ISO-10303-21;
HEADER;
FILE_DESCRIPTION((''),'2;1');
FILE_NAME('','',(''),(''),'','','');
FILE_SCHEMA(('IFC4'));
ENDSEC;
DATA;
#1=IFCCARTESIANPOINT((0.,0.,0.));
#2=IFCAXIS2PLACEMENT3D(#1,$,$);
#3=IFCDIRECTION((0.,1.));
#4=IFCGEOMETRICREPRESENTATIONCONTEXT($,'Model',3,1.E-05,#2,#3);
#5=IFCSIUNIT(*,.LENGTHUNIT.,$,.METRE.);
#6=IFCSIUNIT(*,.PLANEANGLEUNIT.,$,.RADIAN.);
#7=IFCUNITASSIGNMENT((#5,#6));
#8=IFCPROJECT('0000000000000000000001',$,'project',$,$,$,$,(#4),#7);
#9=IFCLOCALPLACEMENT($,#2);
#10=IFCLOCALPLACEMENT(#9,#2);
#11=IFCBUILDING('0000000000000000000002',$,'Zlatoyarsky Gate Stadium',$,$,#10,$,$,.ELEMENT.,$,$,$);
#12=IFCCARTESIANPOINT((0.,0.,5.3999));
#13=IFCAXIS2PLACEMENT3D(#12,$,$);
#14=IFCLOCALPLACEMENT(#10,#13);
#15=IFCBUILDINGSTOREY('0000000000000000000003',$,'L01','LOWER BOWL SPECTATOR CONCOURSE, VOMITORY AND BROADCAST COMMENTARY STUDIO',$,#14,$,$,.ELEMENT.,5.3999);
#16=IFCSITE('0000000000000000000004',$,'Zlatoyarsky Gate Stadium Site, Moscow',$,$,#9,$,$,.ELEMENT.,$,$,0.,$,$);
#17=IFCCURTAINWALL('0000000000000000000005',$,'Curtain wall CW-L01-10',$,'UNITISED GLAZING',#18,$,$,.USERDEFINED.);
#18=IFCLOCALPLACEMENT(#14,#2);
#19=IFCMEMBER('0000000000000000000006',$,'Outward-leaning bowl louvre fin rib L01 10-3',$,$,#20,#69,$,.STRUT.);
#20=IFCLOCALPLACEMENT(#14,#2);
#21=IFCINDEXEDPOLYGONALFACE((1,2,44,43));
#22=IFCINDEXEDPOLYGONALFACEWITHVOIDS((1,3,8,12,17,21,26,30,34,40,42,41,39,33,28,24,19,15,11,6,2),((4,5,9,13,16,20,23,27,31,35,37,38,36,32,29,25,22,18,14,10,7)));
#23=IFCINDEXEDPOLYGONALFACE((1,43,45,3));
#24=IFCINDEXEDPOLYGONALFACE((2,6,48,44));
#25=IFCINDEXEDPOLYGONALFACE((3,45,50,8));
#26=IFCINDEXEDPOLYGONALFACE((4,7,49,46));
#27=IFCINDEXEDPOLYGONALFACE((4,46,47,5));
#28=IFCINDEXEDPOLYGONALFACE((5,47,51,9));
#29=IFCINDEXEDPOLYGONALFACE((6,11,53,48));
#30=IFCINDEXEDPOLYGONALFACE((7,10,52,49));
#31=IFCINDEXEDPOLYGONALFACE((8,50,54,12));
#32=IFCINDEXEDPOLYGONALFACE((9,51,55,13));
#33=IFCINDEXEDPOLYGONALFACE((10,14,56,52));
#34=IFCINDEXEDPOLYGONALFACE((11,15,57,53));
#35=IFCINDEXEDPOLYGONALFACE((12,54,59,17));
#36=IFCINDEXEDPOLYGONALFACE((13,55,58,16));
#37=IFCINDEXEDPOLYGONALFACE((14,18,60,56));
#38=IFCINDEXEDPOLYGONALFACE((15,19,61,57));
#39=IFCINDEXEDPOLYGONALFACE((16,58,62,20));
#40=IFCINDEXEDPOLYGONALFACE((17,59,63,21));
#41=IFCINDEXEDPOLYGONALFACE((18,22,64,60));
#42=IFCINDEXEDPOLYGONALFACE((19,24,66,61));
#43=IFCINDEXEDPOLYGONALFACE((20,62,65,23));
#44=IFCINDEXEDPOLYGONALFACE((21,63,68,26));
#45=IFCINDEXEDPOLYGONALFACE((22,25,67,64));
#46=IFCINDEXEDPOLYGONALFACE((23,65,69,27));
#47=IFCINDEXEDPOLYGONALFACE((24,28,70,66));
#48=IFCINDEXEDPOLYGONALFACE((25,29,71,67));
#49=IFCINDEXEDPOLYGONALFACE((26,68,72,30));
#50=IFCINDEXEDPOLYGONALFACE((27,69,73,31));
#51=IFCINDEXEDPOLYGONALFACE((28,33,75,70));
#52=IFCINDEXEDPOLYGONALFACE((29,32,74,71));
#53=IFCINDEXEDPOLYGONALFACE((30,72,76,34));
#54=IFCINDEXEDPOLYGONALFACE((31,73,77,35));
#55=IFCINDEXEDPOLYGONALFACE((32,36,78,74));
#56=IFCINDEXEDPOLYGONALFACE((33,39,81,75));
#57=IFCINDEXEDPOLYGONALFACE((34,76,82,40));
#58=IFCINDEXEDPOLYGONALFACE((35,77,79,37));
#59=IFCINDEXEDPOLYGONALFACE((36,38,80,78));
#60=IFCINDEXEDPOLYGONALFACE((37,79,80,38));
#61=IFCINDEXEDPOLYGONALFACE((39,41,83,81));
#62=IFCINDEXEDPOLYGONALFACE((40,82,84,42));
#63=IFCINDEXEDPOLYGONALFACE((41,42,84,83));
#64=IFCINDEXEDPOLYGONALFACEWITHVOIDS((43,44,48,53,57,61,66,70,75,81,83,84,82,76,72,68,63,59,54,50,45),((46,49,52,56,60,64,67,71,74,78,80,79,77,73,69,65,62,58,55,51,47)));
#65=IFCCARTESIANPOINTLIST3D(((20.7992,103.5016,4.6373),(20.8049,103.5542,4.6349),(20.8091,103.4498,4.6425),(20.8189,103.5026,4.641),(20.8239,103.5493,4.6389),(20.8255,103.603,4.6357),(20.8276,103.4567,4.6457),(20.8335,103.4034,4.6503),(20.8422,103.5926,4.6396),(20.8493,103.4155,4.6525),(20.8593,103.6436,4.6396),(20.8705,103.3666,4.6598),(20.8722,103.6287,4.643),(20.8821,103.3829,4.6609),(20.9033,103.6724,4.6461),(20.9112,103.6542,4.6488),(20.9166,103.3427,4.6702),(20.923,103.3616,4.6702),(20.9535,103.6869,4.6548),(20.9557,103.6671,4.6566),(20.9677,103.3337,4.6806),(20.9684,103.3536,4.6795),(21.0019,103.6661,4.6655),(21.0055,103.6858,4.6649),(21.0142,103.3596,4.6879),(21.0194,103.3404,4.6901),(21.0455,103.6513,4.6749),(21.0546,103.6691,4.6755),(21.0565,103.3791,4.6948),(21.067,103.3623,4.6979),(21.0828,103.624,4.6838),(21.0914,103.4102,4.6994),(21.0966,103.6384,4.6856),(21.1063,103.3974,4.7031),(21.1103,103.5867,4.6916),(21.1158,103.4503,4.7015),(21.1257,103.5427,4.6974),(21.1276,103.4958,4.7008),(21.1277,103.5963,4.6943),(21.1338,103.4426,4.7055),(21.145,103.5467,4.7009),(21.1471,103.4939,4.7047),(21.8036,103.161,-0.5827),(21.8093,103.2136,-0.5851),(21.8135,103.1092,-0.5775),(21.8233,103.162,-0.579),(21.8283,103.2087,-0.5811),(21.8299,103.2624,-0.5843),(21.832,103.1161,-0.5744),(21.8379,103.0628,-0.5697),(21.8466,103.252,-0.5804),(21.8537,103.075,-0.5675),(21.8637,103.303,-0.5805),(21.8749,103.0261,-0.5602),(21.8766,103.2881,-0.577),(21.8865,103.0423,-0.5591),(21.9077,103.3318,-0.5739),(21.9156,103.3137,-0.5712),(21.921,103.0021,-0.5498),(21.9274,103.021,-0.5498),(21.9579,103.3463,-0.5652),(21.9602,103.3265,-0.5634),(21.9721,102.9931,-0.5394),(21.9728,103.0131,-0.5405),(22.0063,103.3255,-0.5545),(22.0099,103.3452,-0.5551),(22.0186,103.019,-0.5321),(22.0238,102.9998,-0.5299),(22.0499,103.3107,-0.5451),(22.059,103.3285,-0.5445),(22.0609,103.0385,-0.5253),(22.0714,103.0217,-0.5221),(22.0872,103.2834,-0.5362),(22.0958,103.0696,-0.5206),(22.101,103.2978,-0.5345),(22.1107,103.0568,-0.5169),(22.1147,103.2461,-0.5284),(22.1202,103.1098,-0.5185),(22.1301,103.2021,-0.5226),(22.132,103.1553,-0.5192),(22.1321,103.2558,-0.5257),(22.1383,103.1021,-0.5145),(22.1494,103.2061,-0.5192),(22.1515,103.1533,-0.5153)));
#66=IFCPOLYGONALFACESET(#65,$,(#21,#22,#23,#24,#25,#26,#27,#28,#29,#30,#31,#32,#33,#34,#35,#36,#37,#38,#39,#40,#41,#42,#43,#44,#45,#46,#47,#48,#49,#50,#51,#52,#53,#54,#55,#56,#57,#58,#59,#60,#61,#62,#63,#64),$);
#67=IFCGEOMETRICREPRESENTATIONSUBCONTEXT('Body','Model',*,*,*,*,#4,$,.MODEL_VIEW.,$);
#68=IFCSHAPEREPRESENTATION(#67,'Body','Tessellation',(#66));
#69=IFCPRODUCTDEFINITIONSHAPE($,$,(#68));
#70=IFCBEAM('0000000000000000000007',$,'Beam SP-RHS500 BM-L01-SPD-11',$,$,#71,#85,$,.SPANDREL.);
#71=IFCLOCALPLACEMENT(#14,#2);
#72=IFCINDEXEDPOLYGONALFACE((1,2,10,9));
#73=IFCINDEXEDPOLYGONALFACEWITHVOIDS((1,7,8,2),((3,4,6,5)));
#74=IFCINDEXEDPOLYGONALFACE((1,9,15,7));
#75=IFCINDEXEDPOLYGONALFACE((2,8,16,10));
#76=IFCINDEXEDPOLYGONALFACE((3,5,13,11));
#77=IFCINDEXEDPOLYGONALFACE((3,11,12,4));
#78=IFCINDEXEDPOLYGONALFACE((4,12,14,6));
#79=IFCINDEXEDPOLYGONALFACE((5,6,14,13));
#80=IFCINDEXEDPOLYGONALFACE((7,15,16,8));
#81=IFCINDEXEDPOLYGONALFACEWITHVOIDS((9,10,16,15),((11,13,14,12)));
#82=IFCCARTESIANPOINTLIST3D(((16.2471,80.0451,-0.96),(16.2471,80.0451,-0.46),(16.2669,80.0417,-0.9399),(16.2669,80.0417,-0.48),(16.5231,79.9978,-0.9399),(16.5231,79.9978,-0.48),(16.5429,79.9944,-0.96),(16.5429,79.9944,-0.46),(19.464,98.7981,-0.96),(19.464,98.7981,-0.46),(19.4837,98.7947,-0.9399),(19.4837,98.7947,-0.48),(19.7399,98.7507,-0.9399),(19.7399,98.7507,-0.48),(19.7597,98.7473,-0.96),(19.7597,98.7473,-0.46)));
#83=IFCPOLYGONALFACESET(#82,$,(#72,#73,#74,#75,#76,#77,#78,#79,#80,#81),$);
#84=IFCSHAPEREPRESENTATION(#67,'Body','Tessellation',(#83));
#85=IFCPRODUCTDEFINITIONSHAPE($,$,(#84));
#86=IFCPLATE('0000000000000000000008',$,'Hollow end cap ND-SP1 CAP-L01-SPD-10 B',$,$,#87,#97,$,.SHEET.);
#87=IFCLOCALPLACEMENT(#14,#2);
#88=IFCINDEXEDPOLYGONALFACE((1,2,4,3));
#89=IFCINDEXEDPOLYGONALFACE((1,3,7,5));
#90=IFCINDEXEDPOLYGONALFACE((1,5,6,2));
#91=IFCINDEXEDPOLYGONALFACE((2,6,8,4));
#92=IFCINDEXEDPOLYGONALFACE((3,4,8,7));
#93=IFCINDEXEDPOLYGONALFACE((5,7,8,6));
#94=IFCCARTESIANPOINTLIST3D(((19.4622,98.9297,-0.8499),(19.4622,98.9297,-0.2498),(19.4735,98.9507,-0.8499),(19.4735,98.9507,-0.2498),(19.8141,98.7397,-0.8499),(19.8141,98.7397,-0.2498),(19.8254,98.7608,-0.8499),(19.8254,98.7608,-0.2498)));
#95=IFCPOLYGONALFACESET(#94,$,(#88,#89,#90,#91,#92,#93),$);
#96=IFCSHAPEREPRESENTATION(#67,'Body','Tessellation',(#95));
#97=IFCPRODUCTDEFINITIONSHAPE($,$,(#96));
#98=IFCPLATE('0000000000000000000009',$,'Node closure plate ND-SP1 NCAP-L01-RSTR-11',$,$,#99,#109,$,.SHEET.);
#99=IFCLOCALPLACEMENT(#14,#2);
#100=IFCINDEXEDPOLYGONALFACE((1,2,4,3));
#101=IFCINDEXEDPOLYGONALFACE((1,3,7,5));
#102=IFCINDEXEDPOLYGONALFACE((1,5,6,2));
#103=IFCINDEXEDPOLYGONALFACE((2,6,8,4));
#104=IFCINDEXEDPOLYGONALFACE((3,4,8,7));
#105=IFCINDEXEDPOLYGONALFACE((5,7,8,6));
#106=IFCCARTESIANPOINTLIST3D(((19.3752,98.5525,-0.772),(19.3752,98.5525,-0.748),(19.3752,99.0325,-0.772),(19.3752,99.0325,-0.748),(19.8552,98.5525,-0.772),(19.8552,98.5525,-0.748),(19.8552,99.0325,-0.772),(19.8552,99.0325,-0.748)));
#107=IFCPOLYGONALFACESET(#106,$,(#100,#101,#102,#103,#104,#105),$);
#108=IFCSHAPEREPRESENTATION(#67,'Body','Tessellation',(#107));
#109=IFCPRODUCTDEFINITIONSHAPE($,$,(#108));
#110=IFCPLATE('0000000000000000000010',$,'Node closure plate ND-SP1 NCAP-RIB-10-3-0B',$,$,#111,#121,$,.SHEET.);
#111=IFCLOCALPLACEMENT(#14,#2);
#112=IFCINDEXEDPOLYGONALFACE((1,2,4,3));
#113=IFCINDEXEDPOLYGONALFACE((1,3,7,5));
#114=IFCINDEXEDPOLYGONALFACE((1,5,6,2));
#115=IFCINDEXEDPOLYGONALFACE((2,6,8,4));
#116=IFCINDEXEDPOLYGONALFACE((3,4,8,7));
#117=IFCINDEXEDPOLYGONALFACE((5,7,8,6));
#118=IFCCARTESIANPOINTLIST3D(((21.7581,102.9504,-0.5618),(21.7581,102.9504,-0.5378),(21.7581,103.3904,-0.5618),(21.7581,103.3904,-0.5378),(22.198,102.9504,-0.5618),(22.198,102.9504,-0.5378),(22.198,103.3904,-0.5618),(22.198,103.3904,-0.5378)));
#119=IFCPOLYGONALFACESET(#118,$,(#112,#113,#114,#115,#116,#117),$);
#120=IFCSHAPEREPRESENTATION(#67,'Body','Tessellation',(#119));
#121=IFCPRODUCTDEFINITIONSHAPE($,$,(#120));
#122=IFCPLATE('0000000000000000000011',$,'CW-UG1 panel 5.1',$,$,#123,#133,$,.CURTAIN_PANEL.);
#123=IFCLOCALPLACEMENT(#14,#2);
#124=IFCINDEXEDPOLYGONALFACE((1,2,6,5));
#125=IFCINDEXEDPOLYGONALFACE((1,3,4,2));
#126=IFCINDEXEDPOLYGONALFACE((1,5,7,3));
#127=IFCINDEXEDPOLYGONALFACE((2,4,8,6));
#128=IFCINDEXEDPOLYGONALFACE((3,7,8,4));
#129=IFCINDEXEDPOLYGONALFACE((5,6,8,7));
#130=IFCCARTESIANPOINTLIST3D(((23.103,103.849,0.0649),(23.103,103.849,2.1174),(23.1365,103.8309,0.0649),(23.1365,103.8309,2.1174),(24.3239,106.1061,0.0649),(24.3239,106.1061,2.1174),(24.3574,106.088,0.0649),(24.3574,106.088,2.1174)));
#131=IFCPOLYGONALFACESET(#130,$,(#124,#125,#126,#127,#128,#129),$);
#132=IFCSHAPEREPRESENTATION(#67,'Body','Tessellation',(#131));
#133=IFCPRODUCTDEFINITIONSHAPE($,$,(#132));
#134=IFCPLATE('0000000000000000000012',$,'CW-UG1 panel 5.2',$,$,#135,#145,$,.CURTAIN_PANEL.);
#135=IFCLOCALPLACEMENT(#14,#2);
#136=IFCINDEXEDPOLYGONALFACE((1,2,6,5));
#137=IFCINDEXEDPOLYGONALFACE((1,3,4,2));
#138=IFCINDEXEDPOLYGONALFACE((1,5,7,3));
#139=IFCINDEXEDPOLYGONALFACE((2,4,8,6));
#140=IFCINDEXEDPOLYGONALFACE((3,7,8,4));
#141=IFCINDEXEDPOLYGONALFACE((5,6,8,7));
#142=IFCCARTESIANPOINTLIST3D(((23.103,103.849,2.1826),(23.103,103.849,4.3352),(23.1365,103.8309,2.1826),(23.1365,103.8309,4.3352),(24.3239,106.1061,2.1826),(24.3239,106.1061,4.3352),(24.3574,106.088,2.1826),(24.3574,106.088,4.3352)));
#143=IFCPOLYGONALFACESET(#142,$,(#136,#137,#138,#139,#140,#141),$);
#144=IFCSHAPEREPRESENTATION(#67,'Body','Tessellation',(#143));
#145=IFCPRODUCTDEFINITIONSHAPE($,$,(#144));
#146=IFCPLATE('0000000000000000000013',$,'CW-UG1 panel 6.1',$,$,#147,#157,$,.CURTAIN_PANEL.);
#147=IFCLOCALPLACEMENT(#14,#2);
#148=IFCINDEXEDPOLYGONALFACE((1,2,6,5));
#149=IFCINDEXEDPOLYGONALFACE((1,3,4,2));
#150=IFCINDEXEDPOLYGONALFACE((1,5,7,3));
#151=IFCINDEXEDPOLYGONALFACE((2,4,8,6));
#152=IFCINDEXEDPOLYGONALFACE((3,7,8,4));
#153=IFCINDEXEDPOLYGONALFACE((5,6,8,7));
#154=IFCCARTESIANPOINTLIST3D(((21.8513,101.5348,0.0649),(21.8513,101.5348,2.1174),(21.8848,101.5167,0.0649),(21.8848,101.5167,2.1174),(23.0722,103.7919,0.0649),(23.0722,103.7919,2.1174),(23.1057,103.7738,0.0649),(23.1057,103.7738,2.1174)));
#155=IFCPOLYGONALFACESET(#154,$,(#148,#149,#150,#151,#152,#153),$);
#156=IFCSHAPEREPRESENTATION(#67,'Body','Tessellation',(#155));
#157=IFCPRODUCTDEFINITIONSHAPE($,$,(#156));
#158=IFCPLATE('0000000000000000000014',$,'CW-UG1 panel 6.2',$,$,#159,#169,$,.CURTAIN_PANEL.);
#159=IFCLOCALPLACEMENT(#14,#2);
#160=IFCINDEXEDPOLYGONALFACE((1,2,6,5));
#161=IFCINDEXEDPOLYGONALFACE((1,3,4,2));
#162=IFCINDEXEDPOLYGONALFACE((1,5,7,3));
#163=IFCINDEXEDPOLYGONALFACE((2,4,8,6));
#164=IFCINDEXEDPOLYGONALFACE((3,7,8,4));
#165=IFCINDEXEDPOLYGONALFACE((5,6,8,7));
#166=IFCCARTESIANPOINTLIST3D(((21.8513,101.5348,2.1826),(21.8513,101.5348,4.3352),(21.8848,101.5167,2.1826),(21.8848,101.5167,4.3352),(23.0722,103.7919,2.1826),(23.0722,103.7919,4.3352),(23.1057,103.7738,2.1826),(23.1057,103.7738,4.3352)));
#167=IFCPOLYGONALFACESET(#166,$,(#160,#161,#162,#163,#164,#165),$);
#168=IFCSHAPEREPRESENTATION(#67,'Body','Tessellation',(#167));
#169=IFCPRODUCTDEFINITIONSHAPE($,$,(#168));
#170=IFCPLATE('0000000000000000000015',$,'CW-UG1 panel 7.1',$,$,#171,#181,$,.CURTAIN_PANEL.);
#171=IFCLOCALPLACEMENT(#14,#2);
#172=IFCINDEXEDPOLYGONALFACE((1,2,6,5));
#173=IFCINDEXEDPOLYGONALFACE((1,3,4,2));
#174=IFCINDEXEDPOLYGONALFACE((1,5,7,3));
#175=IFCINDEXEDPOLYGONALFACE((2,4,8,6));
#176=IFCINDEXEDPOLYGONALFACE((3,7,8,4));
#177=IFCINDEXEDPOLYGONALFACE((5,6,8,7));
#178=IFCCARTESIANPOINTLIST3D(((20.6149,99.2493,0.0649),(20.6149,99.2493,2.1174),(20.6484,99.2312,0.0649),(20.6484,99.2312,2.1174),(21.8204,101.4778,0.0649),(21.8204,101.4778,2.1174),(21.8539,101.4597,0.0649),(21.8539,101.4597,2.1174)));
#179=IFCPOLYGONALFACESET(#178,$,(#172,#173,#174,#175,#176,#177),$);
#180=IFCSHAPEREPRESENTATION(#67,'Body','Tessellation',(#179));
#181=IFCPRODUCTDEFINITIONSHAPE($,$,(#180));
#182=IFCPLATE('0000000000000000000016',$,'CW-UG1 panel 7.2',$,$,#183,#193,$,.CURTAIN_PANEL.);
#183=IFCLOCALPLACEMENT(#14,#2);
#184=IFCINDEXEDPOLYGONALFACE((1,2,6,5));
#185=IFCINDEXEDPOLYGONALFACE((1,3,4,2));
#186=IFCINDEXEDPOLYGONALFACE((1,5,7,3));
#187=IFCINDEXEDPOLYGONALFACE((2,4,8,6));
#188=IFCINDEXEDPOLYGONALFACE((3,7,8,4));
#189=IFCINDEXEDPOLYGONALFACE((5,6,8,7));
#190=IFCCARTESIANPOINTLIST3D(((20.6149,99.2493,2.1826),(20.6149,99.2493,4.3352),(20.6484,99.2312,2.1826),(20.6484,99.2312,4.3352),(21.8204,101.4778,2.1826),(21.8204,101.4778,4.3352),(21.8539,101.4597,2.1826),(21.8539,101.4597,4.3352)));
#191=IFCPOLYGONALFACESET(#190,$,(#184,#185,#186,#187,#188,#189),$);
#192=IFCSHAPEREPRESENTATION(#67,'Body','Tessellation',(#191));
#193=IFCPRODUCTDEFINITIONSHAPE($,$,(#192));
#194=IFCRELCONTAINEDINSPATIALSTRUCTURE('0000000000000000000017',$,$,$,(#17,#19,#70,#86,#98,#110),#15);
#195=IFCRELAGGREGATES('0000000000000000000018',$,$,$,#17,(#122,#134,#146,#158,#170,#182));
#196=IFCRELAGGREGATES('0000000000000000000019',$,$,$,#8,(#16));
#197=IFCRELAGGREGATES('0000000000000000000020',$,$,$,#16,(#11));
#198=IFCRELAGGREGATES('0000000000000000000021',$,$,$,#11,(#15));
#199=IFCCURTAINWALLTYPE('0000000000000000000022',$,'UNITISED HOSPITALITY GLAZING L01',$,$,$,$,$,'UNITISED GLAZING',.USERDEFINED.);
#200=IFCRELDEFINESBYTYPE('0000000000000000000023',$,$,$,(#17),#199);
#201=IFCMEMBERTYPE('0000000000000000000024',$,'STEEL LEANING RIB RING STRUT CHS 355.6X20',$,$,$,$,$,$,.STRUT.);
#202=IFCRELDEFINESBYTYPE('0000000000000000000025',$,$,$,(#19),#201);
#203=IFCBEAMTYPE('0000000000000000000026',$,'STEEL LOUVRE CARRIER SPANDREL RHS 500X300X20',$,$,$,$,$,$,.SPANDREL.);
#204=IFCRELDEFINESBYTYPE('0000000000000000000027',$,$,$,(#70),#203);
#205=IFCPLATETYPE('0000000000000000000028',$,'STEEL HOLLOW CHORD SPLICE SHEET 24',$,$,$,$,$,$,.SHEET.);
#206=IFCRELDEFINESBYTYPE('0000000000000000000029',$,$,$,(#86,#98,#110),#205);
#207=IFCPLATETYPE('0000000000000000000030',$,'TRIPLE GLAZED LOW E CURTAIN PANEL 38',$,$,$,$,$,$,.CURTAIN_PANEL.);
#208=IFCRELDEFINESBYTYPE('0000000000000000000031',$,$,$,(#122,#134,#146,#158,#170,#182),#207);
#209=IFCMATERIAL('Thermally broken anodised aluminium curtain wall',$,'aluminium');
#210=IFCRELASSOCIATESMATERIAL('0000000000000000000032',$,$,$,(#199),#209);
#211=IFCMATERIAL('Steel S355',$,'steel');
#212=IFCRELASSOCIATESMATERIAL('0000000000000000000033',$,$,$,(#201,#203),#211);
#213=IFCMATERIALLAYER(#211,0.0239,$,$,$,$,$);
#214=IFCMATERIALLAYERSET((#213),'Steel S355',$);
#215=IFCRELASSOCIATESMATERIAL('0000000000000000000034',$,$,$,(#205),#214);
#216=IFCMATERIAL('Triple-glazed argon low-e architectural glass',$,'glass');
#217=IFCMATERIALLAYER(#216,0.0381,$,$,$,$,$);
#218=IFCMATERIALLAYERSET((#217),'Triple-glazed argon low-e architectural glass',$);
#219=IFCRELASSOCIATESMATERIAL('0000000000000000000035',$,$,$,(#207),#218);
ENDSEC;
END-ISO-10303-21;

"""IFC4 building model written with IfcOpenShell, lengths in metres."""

from ifc_helpers import new_model, si_unit, direction, frame, origin, origin_2d, place, context, subcontext, project, spatial, rectangle, hollow_rectangle, hollow_circle, extrude, material, layer, layer_set, material_profile, profile_set, type_object, element, aggregate, save


model = new_model("IFC4")

# Units and contexts
model_context = context("Model", 3, precision=1e-05, world=origin(), true_north=direction((0.0, 1.0)))
body_context = subcontext(model_context, "Body", "Model", "MODEL_VIEW")
ifc_project = project(units=[si_unit("LENGTHUNIT", "METRE"), si_unit("PLANEANGLEUNIT", "RADIAN")], contexts=[model_context])

# Site, building, storey
site_placement = place(None, origin())
site = spatial("IfcSite", under=ifc_project, at=site_placement, Name="Zlatoyarsky Gate Stadium Site, Moscow", CompositionType="ELEMENT", RefElevation=0.0)
building_placement = place(site_placement, origin())
building = spatial("IfcBuilding", under=site, at=building_placement, Name="Zlatoyarsky Gate Stadium", CompositionType="ELEMENT")
storey_placement = place(building_placement, frame((0.0, 0.0, 5.3999)))
storey = spatial("IfcBuildingStorey", under=building, at=storey_placement, Name="L01", Description="LOWER BOWL SPECTATOR CONCOURSE, VOMITORY AND BROADCAST COMMENTARY STUDIO", CompositionType="ELEMENT", Elevation=5.3999)

# Curtain wall
ifc_material_1 = material(Name="Thermally broken anodised aluminium curtain wall", Category="aluminium")
curtain_wall_type = type_object("IfcCurtainWallType", Name="UNITISED HOSPITALITY GLAZING L01", ElementType="UNITISED GLAZING", PredefinedType="USERDEFINED", material=ifc_material_1)
curtain_wall_placement = place(storey_placement, origin())
curtain_wall = element("IfcCurtainWall", 1, at=curtain_wall_placement, inside=storey, type_object=curtain_wall_type, Name="Curtain wall CW-L01-10", ObjectType="UNITISED GLAZING", PredefinedType="USERDEFINED")

# Member
ifc_material_2 = material(Name="Steel S355", Category="steel")
ifc_material_profile_1 = material_profile(ifc_material_2, hollow_circle(Radius=0.1777, WallThickness=0.02, at=origin_2d()), Name="CHS 355.6X20")
ifc_profile_set_1 = profile_set([ifc_material_profile_1], Name="Steel S355")
member_type_1 = type_object("IfcMemberType", Name="STEEL LEANING RIB RING STRUT CHS 355.6X20", PredefinedType="STRUT", material=ifc_profile_set_1)
member_1_placement = place(storey_placement, frame((21.978, 103.1704, -0.5498), z_axis=(-0.188561, 0.063938, 0.979978), x_axis=(-0.321127, -0.947036, 0.0)))
element("IfcMember", 2, at=member_1_placement, inside=storey, type_object=member_type_1, Name="Outward-leaning bowl louvre fin rib L01 10-3", PredefinedType="STRUT", context=body_context, shape_type="SweptSolid", body=[
    extrude(hollow_circle(Radius=0.1777, WallThickness=0.02, at=origin_2d()), origin(), (0.0, 0.0, 1.0), 5.3267),
])

# Beam
ifc_material_profile_2 = material_profile(ifc_material_2, hollow_rectangle(XDim=0.3, YDim=0.5, WallThickness=0.02, at=origin_2d()), Name="RHS 500X300X20")
ifc_profile_set_2 = profile_set([ifc_material_profile_2], Name="Steel S355")
beam_type = type_object("IfcBeamType", Name="STEEL LOUVRE CARRIER SPANDREL RHS 500X300X20", PredefinedType="SPANDREL", material=ifc_profile_set_2)
beam_placement = place(storey_placement, frame((19.6118, 98.7727, -0.71), z_axis=(-0.169066, -0.985605, 0.0), x_axis=(0.985605, -0.169066, 0.0)))
element("IfcBeam", 3, at=beam_placement, inside=storey, type_object=beam_type, Name="Beam SP-RHS500 BM-L01-SPD-11", PredefinedType="SPANDREL", context=body_context, shape_type="SweptSolid", body=[
    extrude(hollow_rectangle(XDim=0.3, YDim=0.5, WallThickness=0.02, at=origin_2d()), origin(), (0.0, 0.0, 1.0), 19.0269),
])

# Plates
ifc_layer_1 = layer(ifc_material_2, 0.0239)
ifc_layer_set_1 = layer_set([ifc_layer_1], Name="Steel S355")
plate_type_1 = type_object("IfcPlateType", Name="STEEL HOLLOW CHORD SPLICE SHEET 24", PredefinedType="SHEET", material=ifc_layer_set_1)
plate_1_placement = place(storey_placement, frame((19.6438, 98.8452, -0.8499), z_axis=(0.0, 0.0, 1.0), x_axis=(-0.474958, -0.880009, 0.0)))
element("IfcPlate", 4, at=plate_1_placement, inside=storey, type_object=plate_type_1, Name="Hollow end cap ND-SP1 CAP-L01-SPD-10 B", PredefinedType="SHEET", context=body_context, shape_type="SweptSolid", body=[
    extrude(rectangle(XDim=0.0239, YDim=0.3999, at=origin_2d()), origin(), (0.0, 0.0, 1.0), 0.6001),
])
plate_2_placement = place(storey_placement, frame((19.6152, 98.7925, -0.772), z_axis=(0.0, 0.0, 1.0), x_axis=(1.0, 0.0, 0.0)))
element("IfcPlate", 5, at=plate_2_placement, inside=storey, type_object=plate_type_1, Name="Node closure plate ND-SP1 NCAP-L01-RSTR-11", PredefinedType="SHEET", context=body_context, shape_type="SweptSolid", body=[
    extrude(rectangle(XDim=0.48, YDim=0.48, at=origin_2d()), origin(), (0.0, 0.0, 1.0), 0.0239),
])
plate_3_placement = place(storey_placement, frame((21.978, 103.1704, -0.5618), z_axis=(0.0, 0.0, 1.0), x_axis=(1.0, 0.0, 0.0)))
element("IfcPlate", 6, at=plate_3_placement, inside=storey, type_object=plate_type_1, Name="Node closure plate ND-SP1 NCAP-RIB-10-3-0B", PredefinedType="SHEET", context=body_context, shape_type="SweptSolid", body=[
    extrude(rectangle(XDim=0.4399, YDim=0.4399, at=origin_2d()), origin(), (0.0, 0.0, 1.0), 0.0239),
])

# Plates
ifc_material_3 = material(Name="Triple-glazed argon low-e architectural glass", Category="glass")
ifc_layer_2 = layer(ifc_material_3, 0.0381)
ifc_layer_set_2 = layer_set([ifc_layer_2], Name="Triple-glazed argon low-e architectural glass")
plate_type_2 = type_object("IfcPlateType", Name="TRIPLE GLAZED LOW E CURTAIN PANEL 38", PredefinedType="CURTAIN_PANEL", material=ifc_layer_set_2)
plate_4_placement = place(storey_placement, frame((23.7302, 104.9685, 0.0649), z_axis=(0.0, 0.0, 1.0), x_axis=(-0.475784, -0.879562, 0.0)))
plate_4 = element("IfcPlate", 7, at=plate_4_placement, type_object=plate_type_2, Name="CW-UG1 panel 5.1", PredefinedType="CURTAIN_PANEL", context=body_context, shape_type="SweptSolid", body=[
    extrude(rectangle(XDim=2.5662, YDim=0.0381, at=origin_2d()), origin(), (0.0, 0.0, 1.0), 2.0525),
])
plate_5_placement = place(storey_placement, frame((23.7302, 104.9685, 2.1826), z_axis=(0.0, 0.0, 1.0), x_axis=(-0.475784, -0.879562, 0.0)))
plate_5 = element("IfcPlate", 8, at=plate_5_placement, type_object=plate_type_2, Name="CW-UG1 panel 5.2", PredefinedType="CURTAIN_PANEL", context=body_context, shape_type="SweptSolid", body=[
    extrude(rectangle(XDim=2.5662, YDim=0.0381, at=origin_2d()), origin(), (0.0, 0.0, 1.0), 2.1526),
])
plate_6_placement = place(storey_placement, frame((22.4785, 102.6543, 0.0649), z_axis=(0.0, 0.0, 1.0), x_axis=(-0.475784, -0.879562, 0.0)))
plate_6 = element("IfcPlate", 9, at=plate_6_placement, type_object=plate_type_2, Name="CW-UG1 panel 6.1", PredefinedType="CURTAIN_PANEL", context=body_context, shape_type="SweptSolid", body=[
    extrude(rectangle(XDim=2.5662, YDim=0.0381, at=origin_2d()), origin(), (0.0, 0.0, 1.0), 2.0525),
])
plate_7_placement = place(storey_placement, frame((22.4785, 102.6543, 2.1826), z_axis=(0.0, 0.0, 1.0), x_axis=(-0.475784, -0.879562, 0.0)))
plate_7 = element("IfcPlate", 10, at=plate_7_placement, type_object=plate_type_2, Name="CW-UG1 panel 6.2", PredefinedType="CURTAIN_PANEL", context=body_context, shape_type="SweptSolid", body=[
    extrude(rectangle(XDim=2.5662, YDim=0.0381, at=origin_2d()), origin(), (0.0, 0.0, 1.0), 2.1526),
])
plate_8_placement = place(storey_placement, frame((21.2344, 100.3545, 0.0649), z_axis=(0.0, 0.0, 1.0), x_axis=(-0.475784, -0.879562, 0.0)))
plate_8 = element("IfcPlate", 11, at=plate_8_placement, type_object=plate_type_2, Name="CW-UG1 panel 7.1", PredefinedType="CURTAIN_PANEL", context=body_context, shape_type="SweptSolid", body=[
    extrude(rectangle(XDim=2.5337, YDim=0.0381, at=origin_2d()), origin(), (0.0, 0.0, 1.0), 2.0525),
])
plate_9_placement = place(storey_placement, frame((21.2344, 100.3545, 2.1826), z_axis=(0.0, 0.0, 1.0), x_axis=(-0.475784, -0.879562, 0.0)))
plate_9 = element("IfcPlate", 12, at=plate_9_placement, type_object=plate_type_2, Name="CW-UG1 panel 7.2", PredefinedType="CURTAIN_PANEL", context=body_context, shape_type="SweptSolid", body=[
    extrude(rectangle(XDim=2.5337, YDim=0.0381, at=origin_2d()), origin(), (0.0, 0.0, 1.0), 2.1526),
])
aggregate(curtain_wall, [plate_4, plate_5, plate_6, plate_7, plate_8, plate_9])

save(model, "model.ifc")
